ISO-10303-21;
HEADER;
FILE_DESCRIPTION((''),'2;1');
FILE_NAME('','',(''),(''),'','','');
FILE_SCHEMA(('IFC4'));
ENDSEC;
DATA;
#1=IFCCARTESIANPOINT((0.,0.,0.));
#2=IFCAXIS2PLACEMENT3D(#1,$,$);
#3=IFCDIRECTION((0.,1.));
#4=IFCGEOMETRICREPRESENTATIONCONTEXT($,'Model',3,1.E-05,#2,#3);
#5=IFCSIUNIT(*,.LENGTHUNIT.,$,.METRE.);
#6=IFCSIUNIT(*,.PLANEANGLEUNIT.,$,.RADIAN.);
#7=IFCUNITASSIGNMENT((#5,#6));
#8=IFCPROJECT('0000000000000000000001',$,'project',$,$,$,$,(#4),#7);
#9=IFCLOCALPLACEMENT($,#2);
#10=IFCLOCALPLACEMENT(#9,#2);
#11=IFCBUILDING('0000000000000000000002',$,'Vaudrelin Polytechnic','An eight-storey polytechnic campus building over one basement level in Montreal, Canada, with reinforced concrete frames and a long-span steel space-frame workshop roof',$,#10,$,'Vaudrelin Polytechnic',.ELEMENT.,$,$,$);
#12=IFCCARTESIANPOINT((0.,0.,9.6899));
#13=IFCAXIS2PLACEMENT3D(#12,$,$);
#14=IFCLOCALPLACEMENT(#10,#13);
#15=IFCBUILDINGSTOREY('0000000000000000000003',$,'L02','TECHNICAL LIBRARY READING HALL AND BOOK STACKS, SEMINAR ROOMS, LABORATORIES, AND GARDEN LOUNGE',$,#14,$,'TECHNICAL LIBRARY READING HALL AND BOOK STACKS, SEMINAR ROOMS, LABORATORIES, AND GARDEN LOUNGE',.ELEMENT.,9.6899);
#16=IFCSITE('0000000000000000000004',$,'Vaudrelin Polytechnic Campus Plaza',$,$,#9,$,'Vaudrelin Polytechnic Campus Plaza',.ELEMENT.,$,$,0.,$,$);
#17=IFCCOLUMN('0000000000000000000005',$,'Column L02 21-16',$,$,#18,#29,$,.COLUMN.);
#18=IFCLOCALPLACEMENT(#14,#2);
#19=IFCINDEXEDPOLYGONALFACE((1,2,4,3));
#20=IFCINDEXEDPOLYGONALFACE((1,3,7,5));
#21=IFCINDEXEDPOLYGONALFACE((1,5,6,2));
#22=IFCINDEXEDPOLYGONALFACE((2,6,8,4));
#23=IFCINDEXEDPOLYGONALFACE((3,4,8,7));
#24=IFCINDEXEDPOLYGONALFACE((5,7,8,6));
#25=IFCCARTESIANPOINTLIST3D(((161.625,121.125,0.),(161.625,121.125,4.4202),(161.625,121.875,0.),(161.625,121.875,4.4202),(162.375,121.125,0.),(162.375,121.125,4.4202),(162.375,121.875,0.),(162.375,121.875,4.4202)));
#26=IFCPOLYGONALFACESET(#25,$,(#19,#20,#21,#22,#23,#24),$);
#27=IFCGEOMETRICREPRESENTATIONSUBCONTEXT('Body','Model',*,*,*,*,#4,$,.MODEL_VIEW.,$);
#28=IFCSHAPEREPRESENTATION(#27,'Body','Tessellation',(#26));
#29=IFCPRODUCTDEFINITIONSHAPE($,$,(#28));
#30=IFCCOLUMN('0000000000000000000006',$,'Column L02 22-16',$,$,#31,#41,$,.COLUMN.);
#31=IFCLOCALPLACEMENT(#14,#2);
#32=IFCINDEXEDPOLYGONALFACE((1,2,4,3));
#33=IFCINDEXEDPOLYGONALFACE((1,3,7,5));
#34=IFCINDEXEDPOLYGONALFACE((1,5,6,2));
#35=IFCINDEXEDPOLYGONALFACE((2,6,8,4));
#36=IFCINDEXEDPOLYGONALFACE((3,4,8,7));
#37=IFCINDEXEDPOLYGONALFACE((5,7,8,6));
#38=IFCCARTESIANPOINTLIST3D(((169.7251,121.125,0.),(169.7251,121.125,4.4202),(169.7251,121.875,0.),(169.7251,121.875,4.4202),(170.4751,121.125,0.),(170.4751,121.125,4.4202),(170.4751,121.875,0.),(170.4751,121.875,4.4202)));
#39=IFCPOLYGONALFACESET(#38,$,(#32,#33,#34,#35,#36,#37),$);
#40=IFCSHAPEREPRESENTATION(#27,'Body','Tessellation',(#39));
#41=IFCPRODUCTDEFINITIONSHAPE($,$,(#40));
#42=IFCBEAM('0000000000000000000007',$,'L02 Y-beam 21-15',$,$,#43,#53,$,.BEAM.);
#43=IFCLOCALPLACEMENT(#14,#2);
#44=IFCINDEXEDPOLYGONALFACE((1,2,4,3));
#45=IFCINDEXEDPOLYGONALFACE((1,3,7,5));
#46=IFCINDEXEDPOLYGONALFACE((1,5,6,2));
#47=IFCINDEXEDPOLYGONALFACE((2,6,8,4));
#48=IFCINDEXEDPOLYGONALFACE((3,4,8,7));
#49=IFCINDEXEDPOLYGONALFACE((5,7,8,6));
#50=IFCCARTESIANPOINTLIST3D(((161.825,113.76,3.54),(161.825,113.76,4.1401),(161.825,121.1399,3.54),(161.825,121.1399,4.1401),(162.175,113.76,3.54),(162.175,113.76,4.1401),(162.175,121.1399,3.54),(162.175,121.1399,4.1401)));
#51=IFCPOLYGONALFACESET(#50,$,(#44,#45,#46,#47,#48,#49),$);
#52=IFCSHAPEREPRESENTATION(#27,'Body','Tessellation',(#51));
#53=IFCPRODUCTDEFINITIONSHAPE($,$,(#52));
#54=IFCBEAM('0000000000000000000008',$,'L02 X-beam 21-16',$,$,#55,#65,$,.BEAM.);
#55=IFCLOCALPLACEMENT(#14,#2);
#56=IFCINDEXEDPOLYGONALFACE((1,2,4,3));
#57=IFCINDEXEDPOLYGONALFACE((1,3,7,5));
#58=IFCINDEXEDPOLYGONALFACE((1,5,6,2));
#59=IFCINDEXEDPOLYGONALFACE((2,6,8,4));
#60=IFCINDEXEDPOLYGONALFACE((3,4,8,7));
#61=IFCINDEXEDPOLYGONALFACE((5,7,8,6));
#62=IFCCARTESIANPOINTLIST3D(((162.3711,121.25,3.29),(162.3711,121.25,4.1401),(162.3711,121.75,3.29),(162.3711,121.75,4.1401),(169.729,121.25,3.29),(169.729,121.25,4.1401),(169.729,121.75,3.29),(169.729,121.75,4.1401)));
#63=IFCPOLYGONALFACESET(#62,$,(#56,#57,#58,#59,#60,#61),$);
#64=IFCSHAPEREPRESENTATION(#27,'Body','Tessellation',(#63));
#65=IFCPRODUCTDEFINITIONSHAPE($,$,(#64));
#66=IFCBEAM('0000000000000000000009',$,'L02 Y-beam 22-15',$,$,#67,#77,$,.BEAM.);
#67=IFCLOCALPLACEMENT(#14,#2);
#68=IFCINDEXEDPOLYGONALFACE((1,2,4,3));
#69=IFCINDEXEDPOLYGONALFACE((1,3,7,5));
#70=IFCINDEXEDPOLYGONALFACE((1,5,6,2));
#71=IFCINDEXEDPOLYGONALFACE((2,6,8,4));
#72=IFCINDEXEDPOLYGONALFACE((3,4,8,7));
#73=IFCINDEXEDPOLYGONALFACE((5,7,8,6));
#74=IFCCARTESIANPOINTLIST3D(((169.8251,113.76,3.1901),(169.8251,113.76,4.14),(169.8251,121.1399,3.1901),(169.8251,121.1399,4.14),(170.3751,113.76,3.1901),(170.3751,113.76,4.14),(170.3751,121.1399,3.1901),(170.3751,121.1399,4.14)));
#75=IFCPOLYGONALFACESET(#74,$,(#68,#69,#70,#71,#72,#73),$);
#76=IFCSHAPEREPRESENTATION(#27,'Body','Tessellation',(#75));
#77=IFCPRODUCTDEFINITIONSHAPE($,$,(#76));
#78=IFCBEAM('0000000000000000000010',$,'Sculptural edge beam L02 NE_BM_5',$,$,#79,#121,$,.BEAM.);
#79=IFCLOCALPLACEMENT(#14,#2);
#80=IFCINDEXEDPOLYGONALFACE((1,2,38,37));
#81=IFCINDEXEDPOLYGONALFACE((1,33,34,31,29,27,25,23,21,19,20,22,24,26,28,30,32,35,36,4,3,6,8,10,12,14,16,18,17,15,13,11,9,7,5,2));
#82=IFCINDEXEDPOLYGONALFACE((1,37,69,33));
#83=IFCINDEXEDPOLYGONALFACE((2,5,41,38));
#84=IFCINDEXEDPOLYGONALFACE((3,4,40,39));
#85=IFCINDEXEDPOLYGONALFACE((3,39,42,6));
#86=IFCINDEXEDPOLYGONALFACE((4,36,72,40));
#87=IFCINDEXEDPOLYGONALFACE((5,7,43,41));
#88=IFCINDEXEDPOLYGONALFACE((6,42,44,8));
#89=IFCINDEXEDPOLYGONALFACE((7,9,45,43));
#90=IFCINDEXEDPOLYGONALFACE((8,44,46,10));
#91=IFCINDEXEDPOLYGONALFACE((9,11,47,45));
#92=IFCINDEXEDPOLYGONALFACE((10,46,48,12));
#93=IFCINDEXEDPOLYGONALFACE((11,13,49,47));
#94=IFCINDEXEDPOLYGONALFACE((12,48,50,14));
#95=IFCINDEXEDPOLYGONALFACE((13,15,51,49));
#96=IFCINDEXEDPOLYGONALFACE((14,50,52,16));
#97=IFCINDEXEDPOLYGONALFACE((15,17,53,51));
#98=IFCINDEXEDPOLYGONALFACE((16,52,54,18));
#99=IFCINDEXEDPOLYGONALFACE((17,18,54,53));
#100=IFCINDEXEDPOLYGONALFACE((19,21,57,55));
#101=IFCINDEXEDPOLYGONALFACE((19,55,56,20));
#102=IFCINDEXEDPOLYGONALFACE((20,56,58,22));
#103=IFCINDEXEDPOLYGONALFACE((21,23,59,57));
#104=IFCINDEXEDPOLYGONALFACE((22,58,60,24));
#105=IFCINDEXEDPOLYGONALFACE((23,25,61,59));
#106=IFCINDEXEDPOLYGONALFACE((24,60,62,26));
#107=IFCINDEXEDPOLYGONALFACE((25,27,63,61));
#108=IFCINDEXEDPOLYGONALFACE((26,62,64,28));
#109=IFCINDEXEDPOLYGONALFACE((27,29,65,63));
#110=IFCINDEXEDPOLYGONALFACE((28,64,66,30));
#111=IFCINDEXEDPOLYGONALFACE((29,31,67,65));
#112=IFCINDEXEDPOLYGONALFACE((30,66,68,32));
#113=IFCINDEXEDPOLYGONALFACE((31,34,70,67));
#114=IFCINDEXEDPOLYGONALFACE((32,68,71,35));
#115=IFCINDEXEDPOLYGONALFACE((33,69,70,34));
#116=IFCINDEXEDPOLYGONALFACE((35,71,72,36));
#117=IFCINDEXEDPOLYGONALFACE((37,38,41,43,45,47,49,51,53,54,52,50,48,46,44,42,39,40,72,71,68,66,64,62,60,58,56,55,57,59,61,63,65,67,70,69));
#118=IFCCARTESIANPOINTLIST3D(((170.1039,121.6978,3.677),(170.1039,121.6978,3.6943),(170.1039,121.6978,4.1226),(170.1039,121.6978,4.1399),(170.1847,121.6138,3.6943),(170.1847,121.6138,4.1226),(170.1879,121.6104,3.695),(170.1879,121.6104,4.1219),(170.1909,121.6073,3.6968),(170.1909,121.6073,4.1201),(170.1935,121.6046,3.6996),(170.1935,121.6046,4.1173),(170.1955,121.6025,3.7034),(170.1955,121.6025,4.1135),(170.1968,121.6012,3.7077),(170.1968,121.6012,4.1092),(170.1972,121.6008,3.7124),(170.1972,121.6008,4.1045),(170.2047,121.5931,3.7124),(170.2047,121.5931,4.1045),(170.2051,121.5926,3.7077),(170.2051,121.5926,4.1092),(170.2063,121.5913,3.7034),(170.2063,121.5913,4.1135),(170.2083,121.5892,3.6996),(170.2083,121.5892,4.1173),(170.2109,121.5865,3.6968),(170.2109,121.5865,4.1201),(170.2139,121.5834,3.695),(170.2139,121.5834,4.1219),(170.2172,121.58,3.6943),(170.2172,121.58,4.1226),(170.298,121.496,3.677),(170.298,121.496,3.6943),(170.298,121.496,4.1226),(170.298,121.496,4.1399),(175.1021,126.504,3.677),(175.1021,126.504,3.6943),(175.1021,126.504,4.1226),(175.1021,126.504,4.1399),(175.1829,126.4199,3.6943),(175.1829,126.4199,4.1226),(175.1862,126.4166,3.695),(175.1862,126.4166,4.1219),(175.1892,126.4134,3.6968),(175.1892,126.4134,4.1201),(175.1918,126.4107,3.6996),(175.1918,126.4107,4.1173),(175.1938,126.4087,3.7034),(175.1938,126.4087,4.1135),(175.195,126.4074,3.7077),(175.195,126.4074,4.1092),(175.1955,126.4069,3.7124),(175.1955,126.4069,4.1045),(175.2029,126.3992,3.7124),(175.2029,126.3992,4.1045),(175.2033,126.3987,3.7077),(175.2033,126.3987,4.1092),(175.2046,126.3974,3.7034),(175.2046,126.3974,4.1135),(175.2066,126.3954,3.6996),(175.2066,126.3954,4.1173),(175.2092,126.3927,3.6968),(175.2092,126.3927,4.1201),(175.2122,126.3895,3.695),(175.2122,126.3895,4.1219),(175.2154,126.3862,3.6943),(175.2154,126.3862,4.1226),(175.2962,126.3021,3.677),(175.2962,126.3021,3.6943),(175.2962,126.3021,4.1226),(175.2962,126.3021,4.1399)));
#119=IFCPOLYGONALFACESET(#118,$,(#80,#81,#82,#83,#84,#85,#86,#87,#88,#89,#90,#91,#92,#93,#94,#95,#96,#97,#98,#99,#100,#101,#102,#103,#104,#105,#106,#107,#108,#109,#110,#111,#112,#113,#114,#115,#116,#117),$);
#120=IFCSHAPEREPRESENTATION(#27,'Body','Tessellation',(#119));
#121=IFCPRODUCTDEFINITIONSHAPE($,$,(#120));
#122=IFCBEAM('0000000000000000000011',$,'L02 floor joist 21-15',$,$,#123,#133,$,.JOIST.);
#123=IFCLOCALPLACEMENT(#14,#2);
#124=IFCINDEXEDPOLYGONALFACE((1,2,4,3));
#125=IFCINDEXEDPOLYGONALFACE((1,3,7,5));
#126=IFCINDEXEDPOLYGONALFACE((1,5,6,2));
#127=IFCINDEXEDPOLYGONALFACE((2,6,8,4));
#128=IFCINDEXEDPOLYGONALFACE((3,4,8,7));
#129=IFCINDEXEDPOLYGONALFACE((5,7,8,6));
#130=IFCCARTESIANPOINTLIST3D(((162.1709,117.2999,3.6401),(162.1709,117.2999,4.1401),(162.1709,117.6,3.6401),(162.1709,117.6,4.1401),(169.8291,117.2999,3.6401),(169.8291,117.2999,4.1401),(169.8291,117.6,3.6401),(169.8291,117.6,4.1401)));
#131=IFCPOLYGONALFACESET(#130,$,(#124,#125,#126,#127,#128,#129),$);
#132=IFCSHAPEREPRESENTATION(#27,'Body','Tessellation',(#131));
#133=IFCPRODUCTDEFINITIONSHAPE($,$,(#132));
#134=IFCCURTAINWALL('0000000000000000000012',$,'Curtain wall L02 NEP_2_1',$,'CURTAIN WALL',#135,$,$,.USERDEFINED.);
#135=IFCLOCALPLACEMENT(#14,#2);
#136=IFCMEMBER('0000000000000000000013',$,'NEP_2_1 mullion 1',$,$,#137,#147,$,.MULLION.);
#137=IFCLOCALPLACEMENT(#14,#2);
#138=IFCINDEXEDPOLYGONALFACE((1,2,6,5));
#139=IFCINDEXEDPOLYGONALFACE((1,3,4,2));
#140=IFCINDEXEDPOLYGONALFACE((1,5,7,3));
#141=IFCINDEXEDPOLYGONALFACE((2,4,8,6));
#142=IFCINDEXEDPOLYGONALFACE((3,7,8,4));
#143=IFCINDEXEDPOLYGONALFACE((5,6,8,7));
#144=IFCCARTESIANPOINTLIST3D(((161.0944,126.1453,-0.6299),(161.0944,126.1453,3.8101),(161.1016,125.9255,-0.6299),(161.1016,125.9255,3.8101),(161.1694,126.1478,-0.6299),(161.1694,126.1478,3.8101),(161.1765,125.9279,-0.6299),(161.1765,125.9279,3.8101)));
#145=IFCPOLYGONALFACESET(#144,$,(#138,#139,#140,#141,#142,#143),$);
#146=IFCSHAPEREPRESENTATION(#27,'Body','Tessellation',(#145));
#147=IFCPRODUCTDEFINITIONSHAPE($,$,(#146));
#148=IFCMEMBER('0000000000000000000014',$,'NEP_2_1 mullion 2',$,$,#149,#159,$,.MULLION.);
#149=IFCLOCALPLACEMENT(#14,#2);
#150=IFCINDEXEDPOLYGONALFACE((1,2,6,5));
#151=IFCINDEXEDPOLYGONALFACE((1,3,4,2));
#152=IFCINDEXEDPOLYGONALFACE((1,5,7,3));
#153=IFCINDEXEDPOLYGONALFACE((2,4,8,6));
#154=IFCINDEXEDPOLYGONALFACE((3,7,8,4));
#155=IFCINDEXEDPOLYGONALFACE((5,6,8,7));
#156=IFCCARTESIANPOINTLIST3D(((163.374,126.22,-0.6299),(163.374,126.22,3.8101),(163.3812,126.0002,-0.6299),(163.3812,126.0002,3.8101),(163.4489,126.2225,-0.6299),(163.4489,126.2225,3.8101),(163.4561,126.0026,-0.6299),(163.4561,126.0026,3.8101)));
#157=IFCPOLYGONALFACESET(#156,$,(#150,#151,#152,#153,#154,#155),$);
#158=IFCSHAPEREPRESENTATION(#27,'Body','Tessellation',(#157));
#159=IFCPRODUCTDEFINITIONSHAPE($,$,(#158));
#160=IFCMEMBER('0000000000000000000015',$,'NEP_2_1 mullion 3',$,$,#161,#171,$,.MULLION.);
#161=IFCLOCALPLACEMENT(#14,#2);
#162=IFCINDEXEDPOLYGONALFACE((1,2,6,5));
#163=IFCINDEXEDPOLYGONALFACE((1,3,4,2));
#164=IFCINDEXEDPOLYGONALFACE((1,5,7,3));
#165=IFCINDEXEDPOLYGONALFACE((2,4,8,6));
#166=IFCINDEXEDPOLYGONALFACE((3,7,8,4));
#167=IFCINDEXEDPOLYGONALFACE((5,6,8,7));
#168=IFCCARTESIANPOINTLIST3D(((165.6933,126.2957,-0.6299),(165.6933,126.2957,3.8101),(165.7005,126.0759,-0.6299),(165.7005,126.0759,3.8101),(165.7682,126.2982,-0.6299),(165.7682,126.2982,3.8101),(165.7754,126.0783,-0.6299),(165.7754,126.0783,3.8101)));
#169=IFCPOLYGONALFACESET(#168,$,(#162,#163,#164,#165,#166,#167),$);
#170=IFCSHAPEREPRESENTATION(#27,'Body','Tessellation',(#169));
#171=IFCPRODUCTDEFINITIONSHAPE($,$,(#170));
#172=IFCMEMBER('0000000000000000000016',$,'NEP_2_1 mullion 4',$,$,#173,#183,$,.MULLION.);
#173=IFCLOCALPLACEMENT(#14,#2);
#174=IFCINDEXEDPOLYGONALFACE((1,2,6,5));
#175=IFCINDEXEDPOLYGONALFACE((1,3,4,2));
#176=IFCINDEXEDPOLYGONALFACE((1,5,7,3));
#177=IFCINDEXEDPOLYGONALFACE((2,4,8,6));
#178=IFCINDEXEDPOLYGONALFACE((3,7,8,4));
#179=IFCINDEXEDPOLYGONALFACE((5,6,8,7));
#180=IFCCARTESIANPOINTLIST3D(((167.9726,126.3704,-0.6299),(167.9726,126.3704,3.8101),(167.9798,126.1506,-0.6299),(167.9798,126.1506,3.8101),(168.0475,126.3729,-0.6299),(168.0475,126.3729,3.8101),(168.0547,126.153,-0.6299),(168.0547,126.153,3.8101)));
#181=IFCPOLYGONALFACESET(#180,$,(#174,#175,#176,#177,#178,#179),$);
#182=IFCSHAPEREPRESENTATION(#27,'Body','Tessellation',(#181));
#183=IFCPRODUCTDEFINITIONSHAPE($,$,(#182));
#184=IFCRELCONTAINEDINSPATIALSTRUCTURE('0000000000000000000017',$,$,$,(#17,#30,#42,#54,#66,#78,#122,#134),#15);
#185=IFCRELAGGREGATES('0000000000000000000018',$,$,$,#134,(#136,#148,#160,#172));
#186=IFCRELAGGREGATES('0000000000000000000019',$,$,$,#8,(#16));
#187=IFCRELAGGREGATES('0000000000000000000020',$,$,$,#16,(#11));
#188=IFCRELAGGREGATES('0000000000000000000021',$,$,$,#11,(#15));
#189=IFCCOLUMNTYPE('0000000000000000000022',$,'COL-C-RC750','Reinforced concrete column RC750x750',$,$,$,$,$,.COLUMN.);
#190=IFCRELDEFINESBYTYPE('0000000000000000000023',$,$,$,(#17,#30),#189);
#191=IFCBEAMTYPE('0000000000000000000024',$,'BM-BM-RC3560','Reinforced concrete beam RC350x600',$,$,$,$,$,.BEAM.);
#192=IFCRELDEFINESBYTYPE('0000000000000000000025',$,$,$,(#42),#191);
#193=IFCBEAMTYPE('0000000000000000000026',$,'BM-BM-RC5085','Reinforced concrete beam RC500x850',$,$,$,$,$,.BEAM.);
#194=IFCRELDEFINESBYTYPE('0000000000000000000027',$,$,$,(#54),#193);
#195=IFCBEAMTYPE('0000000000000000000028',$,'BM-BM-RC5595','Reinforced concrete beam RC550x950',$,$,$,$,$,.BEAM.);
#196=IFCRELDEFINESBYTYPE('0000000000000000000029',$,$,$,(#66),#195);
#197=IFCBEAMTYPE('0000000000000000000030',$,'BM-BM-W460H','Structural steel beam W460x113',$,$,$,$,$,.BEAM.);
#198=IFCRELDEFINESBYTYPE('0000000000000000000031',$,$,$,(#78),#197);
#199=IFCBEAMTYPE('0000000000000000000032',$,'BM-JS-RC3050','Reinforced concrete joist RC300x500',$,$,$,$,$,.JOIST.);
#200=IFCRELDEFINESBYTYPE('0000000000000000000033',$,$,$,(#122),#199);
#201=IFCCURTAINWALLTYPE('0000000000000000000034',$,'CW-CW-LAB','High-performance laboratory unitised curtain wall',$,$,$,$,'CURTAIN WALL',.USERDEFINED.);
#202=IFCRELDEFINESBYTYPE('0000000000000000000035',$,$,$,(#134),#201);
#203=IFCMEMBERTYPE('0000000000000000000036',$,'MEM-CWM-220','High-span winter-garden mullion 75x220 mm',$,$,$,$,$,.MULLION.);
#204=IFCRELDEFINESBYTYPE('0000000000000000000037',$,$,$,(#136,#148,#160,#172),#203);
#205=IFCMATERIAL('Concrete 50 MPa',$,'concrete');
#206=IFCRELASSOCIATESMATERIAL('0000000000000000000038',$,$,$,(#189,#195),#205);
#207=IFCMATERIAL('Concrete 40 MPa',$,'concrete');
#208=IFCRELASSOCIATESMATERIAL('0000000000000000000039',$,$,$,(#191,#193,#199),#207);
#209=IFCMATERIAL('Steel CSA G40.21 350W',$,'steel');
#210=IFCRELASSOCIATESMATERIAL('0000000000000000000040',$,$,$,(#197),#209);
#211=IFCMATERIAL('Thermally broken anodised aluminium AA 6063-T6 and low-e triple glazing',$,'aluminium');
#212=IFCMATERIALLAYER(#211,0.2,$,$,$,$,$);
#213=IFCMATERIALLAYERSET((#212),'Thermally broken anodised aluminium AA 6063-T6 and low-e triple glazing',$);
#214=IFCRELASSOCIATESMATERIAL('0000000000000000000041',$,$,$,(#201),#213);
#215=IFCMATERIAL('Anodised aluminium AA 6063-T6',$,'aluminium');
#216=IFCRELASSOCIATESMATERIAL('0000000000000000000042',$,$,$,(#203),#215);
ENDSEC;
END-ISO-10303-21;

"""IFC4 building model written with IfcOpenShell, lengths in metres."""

from ifc_helpers import new_model, si_unit, direction, frame, origin, origin_2d, place, context, subcontext, project, spatial, rectangle, i_section, extrude, material, layer, layer_set, material_profile, profile_set, type_object, element, aggregate, save


model = new_model("IFC4")

# Units and contexts
model_context = context("Model", 3, precision=1e-05, world=origin(), true_north=direction((0.0, 1.0)))
body_context = subcontext(model_context, "Body", "Model", "MODEL_VIEW")
ifc_project = project(units=[si_unit("LENGTHUNIT", "METRE"), si_unit("PLANEANGLEUNIT", "RADIAN")], contexts=[model_context])

# Site, building, storey
site_placement = place(None, origin())
site = spatial("IfcSite", under=ifc_project, at=site_placement, Name="Vaudrelin Polytechnic Campus Plaza", LongName="Vaudrelin Polytechnic Campus Plaza", CompositionType="ELEMENT", RefElevation=0.0)
building_placement = place(site_placement, origin())
building = spatial("IfcBuilding", under=site, at=building_placement, Name="Vaudrelin Polytechnic", Description="An eight-storey polytechnic campus building over one basement level in Montreal, Canada, with reinforced concrete frames and a long-span steel space-frame workshop roof", LongName="Vaudrelin Polytechnic", CompositionType="ELEMENT")
storey_placement = place(building_placement, frame((0.0, 0.0, 9.6899)))
storey = spatial("IfcBuildingStorey", under=building, at=storey_placement, Name="L02", Description="TECHNICAL LIBRARY READING HALL AND BOOK STACKS, SEMINAR ROOMS, LABORATORIES, AND GARDEN LOUNGE", LongName="TECHNICAL LIBRARY READING HALL AND BOOK STACKS, SEMINAR ROOMS, LABORATORIES, AND GARDEN LOUNGE", CompositionType="ELEMENT", Elevation=9.6899)

# Columns
ifc_material_1 = material(Name="Concrete 50 MPa", Category="concrete")
ifc_material_profile_1 = material_profile(ifc_material_1, rectangle(XDim=0.75, YDim=0.75, at=origin_2d()), Name="RC750x750")
ifc_profile_set_1 = profile_set([ifc_material_profile_1], Name="Concrete 50 MPa")
column_type = type_object("IfcColumnType", Name="COL-C-RC750", Description="Reinforced concrete column RC750x750", PredefinedType="COLUMN", material=ifc_profile_set_1)
for number, where, z_axis, x_axis, name in (
    (1, (162.0, 121.5, 0.0), (0.0, 0.0, 1.0), (1.0, 0.0, 0.0), "Column L02 21-16"),
    (2, (170.1001, 121.5, 0.0), (0.0, 0.0, 1.0), (1.0, 0.0, 0.0), "Column L02 22-16"),
):
    element("IfcColumn", number, at=place(storey_placement, frame(where, z_axis=z_axis, x_axis=x_axis)), inside=storey, type_object=column_type, Name=name, PredefinedType="COLUMN", context=body_context, shape_type="SweptSolid", body=[
        extrude(rectangle(XDim=0.75, YDim=0.75, at=origin_2d()), origin(), (0.0, 0.0, 1.0), 4.4202),
    ])

# Beams
ifc_material_2 = material(Name="Concrete 40 MPa", Category="concrete")
ifc_material_profile_2 = material_profile(ifc_material_2, rectangle(XDim=0.3501, YDim=0.6001, at=origin_2d()), Name="RC350x600")
ifc_profile_set_2 = profile_set([ifc_material_profile_2], Name="Concrete 40 MPa")
beam_type_1 = type_object("IfcBeamType", Name="BM-BM-RC3560", Description="Reinforced concrete beam RC350x600", PredefinedType="BEAM", material=ifc_profile_set_2)
beam_1_placement = place(storey_placement, frame((162.0, 113.76, 3.8401), z_axis=(0.0, 1.0, 0.0), x_axis=(-1.0, 0.0, 0.0)))
element("IfcBeam", 3, at=beam_1_placement, inside=storey, type_object=beam_type_1, Name="L02 Y-beam 21-15", PredefinedType="BEAM", context=body_context, shape_type="SweptSolid", body=[
    extrude(rectangle(XDim=0.3501, YDim=0.6001, at=origin_2d()), origin(), (0.0, 0.0, 1.0), 7.3799),
])
ifc_material_profile_3 = material_profile(ifc_material_2, rectangle(XDim=0.5, YDim=0.8501, at=origin_2d()), Name="RC500x850")
ifc_profile_set_3 = profile_set([ifc_material_profile_3], Name="Concrete 40 MPa")
beam_type_2 = type_object("IfcBeamType", Name="BM-BM-RC5085", Description="Reinforced concrete beam RC500x850", PredefinedType="BEAM", material=ifc_profile_set_3)
beam_2_placement = place(storey_placement, frame((162.3711, 121.5, 3.7151), z_axis=(1.0, 0.0, 0.0), x_axis=(0.0, 1.0, 0.0)))
element("IfcBeam", 4, at=beam_2_placement, inside=storey, type_object=beam_type_2, Name="L02 X-beam 21-16", PredefinedType="BEAM", context=body_context, shape_type="SweptSolid", body=[
    extrude(rectangle(XDim=0.5, YDim=0.8501, at=origin_2d()), origin(), (0.0, 0.0, 1.0), 7.3579),
])
ifc_material_profile_4 = material_profile(ifc_material_1, rectangle(XDim=0.55, YDim=0.95, at=origin_2d()), Name="RC550x950")
ifc_profile_set_4 = profile_set([ifc_material_profile_4], Name="Concrete 50 MPa")
beam_type_3 = type_object("IfcBeamType", Name="BM-BM-RC5595", Description="Reinforced concrete beam RC550x950", PredefinedType="BEAM", material=ifc_profile_set_4)
beam_3_placement = place(storey_placement, frame((170.1001, 113.76, 3.665), z_axis=(0.0, 1.0, 0.0), x_axis=(-1.0, 0.0, 0.0)))
element("IfcBeam", 5, at=beam_3_placement, inside=storey, type_object=beam_type_3, Name="L02 Y-beam 22-15", PredefinedType="BEAM", context=body_context, shape_type="SweptSolid", body=[
    extrude(rectangle(XDim=0.55, YDim=0.95, at=origin_2d()), origin(), (0.0, 0.0, 1.0), 7.3799),
])
ifc_material_3 = material(Name="Steel CSA G40.21 350W", Category="steel")
ifc_material_profile_5 = material_profile(ifc_material_3, i_section(OverallWidth=0.28, OverallDepth=0.4629, WebThickness=0.0107, FlangeThickness=0.0173, FilletRadius=0.0181, at=origin_2d()), Name="W460x113")
ifc_profile_set_5 = profile_set([ifc_material_profile_5], Name="Steel CSA G40.21 350W")
beam_type_4 = type_object("IfcBeamType", Name="BM-BM-W460H", Description="Structural steel beam W460x113", PredefinedType="BEAM", material=ifc_profile_set_5)
beam_4_placement = place(storey_placement, frame((170.2009, 121.5969, 3.9084), z_axis=(0.720826, 0.693116, 0.0), x_axis=(-0.693116, 0.720826, 0.0)))
element("IfcBeam", 6, at=beam_4_placement, inside=storey, type_object=beam_type_4, Name="Sculptural edge beam L02 NE_BM_5", PredefinedType="BEAM", context=body_context, shape_type="SweptSolid", body=[
    extrude(i_section(OverallWidth=0.28, OverallDepth=0.4629, WebThickness=0.0107, FlangeThickness=0.0173, FilletRadius=0.0181, at=origin_2d()), origin(), (0.0, 0.0, 1.0), 6.9341),
])
ifc_material_profile_6 = material_profile(ifc_material_2, rectangle(XDim=0.3, YDim=0.5, at=origin_2d()), Name="RC300x500")
ifc_profile_set_6 = profile_set([ifc_material_profile_6], Name="Concrete 40 MPa")
beam_type_5 = type_object("IfcBeamType", Name="BM-JS-RC3050", Description="Reinforced concrete joist RC300x500", PredefinedType="JOIST", material=ifc_profile_set_6)
beam_5_placement = place(storey_placement, frame((162.1709, 117.45, 3.8901), z_axis=(1.0, 0.0, 0.0), x_axis=(0.0, 1.0, 0.0)))
element("IfcBeam", 7, at=beam_5_placement, inside=storey, type_object=beam_type_5, Name="L02 floor joist 21-15", PredefinedType="JOIST", context=body_context, shape_type="SweptSolid", body=[
    extrude(rectangle(XDim=0.3, YDim=0.5, at=origin_2d()), origin(), (0.0, 0.0, 1.0), 7.6582),
])

# Curtain wall, members
ifc_material_4 = material(Name="Thermally broken anodised aluminium AA 6063-T6 and low-e triple glazing", Category="aluminium")
ifc_layer_1 = layer(ifc_material_4, 0.2)
ifc_layer_set_1 = layer_set([ifc_layer_1], Name="Thermally broken anodised aluminium AA 6063-T6 and low-e triple glazing")
curtain_wall_type = type_object("IfcCurtainWallType", Name="CW-CW-LAB", Description="High-performance laboratory unitised curtain wall", ElementType="CURTAIN WALL", PredefinedType="USERDEFINED", material=ifc_layer_set_1)
curtain_wall_1_placement = place(storey_placement, origin())
curtain_wall_1 = element("IfcCurtainWall", 8, at=curtain_wall_1_placement, inside=storey, type_object=curtain_wall_type, Name="Curtain wall L02 NEP_2_1", ObjectType="CURTAIN WALL", PredefinedType="USERDEFINED")
ifc_material_5 = material(Name="Anodised aluminium AA 6063-T6", Category="aluminium")
ifc_material_profile_7 = material_profile(ifc_material_5, rectangle(XDim=0.075, YDim=0.22, at=origin_2d()), Name="CWM-75x220")
ifc_profile_set_7 = profile_set([ifc_material_profile_7], Name="Anodised aluminium AA 6063-T6")
member_type_1 = type_object("IfcMemberType", Name="MEM-CWM-220", Description="High-span winter-garden mullion 75x220 mm", PredefinedType="MULLION", material=ifc_profile_set_7)
member_1_placement = place(storey_placement, frame((161.1355, 126.0366, -0.6299), z_axis=(0.0, 0.0, 1.0), x_axis=(0.999465, 0.032693, 0.0)))
member_1 = element("IfcMember", 9, at=member_1_placement, type_object=member_type_1, Name="NEP_2_1 mullion 1", PredefinedType="MULLION", context=body_context, shape_type="SweptSolid", body=[
    extrude(rectangle(XDim=0.075, YDim=0.22, at=origin_2d()), origin(), (0.0, 0.0, 1.0), 4.4399),
])
member_2_placement = place(storey_placement, frame((163.415, 126.1113, -0.6299), z_axis=(0.0, 0.0, 1.0), x_axis=(0.999465, 0.032693, 0.0)))
member_2 = element("IfcMember", 10, at=member_2_placement, type_object=member_type_1, Name="NEP_2_1 mullion 2", PredefinedType="MULLION", context=body_context, shape_type="SweptSolid", body=[
    extrude(rectangle(XDim=0.075, YDim=0.22, at=origin_2d()), origin(), (0.0, 0.0, 1.0), 4.4399),
])
member_3_placement = place(storey_placement, frame((165.7344, 126.187, -0.6299), z_axis=(0.0, 0.0, 1.0), x_axis=(0.999465, 0.032693, 0.0)))
member_3 = element("IfcMember", 11, at=member_3_placement, type_object=member_type_1, Name="NEP_2_1 mullion 3", PredefinedType="MULLION", context=body_context, shape_type="SweptSolid", body=[
    extrude(rectangle(XDim=0.075, YDim=0.22, at=origin_2d()), origin(), (0.0, 0.0, 1.0), 4.4399),
])
member_4_placement = place(storey_placement, frame((168.0137, 126.2617, -0.6299), z_axis=(0.0, 0.0, 1.0), x_axis=(0.999465, 0.032693, 0.0)))
member_4 = element("IfcMember", 12, at=member_4_placement, type_object=member_type_1, Name="NEP_2_1 mullion 4", PredefinedType="MULLION", context=body_context, shape_type="SweptSolid", body=[
    extrude(rectangle(XDim=0.075, YDim=0.22, at=origin_2d()), origin(), (0.0, 0.0, 1.0), 4.4399),
])

aggregate(curtain_wall_1, [member_1, member_2, member_3, member_4])

save(model, "model.ifc")
